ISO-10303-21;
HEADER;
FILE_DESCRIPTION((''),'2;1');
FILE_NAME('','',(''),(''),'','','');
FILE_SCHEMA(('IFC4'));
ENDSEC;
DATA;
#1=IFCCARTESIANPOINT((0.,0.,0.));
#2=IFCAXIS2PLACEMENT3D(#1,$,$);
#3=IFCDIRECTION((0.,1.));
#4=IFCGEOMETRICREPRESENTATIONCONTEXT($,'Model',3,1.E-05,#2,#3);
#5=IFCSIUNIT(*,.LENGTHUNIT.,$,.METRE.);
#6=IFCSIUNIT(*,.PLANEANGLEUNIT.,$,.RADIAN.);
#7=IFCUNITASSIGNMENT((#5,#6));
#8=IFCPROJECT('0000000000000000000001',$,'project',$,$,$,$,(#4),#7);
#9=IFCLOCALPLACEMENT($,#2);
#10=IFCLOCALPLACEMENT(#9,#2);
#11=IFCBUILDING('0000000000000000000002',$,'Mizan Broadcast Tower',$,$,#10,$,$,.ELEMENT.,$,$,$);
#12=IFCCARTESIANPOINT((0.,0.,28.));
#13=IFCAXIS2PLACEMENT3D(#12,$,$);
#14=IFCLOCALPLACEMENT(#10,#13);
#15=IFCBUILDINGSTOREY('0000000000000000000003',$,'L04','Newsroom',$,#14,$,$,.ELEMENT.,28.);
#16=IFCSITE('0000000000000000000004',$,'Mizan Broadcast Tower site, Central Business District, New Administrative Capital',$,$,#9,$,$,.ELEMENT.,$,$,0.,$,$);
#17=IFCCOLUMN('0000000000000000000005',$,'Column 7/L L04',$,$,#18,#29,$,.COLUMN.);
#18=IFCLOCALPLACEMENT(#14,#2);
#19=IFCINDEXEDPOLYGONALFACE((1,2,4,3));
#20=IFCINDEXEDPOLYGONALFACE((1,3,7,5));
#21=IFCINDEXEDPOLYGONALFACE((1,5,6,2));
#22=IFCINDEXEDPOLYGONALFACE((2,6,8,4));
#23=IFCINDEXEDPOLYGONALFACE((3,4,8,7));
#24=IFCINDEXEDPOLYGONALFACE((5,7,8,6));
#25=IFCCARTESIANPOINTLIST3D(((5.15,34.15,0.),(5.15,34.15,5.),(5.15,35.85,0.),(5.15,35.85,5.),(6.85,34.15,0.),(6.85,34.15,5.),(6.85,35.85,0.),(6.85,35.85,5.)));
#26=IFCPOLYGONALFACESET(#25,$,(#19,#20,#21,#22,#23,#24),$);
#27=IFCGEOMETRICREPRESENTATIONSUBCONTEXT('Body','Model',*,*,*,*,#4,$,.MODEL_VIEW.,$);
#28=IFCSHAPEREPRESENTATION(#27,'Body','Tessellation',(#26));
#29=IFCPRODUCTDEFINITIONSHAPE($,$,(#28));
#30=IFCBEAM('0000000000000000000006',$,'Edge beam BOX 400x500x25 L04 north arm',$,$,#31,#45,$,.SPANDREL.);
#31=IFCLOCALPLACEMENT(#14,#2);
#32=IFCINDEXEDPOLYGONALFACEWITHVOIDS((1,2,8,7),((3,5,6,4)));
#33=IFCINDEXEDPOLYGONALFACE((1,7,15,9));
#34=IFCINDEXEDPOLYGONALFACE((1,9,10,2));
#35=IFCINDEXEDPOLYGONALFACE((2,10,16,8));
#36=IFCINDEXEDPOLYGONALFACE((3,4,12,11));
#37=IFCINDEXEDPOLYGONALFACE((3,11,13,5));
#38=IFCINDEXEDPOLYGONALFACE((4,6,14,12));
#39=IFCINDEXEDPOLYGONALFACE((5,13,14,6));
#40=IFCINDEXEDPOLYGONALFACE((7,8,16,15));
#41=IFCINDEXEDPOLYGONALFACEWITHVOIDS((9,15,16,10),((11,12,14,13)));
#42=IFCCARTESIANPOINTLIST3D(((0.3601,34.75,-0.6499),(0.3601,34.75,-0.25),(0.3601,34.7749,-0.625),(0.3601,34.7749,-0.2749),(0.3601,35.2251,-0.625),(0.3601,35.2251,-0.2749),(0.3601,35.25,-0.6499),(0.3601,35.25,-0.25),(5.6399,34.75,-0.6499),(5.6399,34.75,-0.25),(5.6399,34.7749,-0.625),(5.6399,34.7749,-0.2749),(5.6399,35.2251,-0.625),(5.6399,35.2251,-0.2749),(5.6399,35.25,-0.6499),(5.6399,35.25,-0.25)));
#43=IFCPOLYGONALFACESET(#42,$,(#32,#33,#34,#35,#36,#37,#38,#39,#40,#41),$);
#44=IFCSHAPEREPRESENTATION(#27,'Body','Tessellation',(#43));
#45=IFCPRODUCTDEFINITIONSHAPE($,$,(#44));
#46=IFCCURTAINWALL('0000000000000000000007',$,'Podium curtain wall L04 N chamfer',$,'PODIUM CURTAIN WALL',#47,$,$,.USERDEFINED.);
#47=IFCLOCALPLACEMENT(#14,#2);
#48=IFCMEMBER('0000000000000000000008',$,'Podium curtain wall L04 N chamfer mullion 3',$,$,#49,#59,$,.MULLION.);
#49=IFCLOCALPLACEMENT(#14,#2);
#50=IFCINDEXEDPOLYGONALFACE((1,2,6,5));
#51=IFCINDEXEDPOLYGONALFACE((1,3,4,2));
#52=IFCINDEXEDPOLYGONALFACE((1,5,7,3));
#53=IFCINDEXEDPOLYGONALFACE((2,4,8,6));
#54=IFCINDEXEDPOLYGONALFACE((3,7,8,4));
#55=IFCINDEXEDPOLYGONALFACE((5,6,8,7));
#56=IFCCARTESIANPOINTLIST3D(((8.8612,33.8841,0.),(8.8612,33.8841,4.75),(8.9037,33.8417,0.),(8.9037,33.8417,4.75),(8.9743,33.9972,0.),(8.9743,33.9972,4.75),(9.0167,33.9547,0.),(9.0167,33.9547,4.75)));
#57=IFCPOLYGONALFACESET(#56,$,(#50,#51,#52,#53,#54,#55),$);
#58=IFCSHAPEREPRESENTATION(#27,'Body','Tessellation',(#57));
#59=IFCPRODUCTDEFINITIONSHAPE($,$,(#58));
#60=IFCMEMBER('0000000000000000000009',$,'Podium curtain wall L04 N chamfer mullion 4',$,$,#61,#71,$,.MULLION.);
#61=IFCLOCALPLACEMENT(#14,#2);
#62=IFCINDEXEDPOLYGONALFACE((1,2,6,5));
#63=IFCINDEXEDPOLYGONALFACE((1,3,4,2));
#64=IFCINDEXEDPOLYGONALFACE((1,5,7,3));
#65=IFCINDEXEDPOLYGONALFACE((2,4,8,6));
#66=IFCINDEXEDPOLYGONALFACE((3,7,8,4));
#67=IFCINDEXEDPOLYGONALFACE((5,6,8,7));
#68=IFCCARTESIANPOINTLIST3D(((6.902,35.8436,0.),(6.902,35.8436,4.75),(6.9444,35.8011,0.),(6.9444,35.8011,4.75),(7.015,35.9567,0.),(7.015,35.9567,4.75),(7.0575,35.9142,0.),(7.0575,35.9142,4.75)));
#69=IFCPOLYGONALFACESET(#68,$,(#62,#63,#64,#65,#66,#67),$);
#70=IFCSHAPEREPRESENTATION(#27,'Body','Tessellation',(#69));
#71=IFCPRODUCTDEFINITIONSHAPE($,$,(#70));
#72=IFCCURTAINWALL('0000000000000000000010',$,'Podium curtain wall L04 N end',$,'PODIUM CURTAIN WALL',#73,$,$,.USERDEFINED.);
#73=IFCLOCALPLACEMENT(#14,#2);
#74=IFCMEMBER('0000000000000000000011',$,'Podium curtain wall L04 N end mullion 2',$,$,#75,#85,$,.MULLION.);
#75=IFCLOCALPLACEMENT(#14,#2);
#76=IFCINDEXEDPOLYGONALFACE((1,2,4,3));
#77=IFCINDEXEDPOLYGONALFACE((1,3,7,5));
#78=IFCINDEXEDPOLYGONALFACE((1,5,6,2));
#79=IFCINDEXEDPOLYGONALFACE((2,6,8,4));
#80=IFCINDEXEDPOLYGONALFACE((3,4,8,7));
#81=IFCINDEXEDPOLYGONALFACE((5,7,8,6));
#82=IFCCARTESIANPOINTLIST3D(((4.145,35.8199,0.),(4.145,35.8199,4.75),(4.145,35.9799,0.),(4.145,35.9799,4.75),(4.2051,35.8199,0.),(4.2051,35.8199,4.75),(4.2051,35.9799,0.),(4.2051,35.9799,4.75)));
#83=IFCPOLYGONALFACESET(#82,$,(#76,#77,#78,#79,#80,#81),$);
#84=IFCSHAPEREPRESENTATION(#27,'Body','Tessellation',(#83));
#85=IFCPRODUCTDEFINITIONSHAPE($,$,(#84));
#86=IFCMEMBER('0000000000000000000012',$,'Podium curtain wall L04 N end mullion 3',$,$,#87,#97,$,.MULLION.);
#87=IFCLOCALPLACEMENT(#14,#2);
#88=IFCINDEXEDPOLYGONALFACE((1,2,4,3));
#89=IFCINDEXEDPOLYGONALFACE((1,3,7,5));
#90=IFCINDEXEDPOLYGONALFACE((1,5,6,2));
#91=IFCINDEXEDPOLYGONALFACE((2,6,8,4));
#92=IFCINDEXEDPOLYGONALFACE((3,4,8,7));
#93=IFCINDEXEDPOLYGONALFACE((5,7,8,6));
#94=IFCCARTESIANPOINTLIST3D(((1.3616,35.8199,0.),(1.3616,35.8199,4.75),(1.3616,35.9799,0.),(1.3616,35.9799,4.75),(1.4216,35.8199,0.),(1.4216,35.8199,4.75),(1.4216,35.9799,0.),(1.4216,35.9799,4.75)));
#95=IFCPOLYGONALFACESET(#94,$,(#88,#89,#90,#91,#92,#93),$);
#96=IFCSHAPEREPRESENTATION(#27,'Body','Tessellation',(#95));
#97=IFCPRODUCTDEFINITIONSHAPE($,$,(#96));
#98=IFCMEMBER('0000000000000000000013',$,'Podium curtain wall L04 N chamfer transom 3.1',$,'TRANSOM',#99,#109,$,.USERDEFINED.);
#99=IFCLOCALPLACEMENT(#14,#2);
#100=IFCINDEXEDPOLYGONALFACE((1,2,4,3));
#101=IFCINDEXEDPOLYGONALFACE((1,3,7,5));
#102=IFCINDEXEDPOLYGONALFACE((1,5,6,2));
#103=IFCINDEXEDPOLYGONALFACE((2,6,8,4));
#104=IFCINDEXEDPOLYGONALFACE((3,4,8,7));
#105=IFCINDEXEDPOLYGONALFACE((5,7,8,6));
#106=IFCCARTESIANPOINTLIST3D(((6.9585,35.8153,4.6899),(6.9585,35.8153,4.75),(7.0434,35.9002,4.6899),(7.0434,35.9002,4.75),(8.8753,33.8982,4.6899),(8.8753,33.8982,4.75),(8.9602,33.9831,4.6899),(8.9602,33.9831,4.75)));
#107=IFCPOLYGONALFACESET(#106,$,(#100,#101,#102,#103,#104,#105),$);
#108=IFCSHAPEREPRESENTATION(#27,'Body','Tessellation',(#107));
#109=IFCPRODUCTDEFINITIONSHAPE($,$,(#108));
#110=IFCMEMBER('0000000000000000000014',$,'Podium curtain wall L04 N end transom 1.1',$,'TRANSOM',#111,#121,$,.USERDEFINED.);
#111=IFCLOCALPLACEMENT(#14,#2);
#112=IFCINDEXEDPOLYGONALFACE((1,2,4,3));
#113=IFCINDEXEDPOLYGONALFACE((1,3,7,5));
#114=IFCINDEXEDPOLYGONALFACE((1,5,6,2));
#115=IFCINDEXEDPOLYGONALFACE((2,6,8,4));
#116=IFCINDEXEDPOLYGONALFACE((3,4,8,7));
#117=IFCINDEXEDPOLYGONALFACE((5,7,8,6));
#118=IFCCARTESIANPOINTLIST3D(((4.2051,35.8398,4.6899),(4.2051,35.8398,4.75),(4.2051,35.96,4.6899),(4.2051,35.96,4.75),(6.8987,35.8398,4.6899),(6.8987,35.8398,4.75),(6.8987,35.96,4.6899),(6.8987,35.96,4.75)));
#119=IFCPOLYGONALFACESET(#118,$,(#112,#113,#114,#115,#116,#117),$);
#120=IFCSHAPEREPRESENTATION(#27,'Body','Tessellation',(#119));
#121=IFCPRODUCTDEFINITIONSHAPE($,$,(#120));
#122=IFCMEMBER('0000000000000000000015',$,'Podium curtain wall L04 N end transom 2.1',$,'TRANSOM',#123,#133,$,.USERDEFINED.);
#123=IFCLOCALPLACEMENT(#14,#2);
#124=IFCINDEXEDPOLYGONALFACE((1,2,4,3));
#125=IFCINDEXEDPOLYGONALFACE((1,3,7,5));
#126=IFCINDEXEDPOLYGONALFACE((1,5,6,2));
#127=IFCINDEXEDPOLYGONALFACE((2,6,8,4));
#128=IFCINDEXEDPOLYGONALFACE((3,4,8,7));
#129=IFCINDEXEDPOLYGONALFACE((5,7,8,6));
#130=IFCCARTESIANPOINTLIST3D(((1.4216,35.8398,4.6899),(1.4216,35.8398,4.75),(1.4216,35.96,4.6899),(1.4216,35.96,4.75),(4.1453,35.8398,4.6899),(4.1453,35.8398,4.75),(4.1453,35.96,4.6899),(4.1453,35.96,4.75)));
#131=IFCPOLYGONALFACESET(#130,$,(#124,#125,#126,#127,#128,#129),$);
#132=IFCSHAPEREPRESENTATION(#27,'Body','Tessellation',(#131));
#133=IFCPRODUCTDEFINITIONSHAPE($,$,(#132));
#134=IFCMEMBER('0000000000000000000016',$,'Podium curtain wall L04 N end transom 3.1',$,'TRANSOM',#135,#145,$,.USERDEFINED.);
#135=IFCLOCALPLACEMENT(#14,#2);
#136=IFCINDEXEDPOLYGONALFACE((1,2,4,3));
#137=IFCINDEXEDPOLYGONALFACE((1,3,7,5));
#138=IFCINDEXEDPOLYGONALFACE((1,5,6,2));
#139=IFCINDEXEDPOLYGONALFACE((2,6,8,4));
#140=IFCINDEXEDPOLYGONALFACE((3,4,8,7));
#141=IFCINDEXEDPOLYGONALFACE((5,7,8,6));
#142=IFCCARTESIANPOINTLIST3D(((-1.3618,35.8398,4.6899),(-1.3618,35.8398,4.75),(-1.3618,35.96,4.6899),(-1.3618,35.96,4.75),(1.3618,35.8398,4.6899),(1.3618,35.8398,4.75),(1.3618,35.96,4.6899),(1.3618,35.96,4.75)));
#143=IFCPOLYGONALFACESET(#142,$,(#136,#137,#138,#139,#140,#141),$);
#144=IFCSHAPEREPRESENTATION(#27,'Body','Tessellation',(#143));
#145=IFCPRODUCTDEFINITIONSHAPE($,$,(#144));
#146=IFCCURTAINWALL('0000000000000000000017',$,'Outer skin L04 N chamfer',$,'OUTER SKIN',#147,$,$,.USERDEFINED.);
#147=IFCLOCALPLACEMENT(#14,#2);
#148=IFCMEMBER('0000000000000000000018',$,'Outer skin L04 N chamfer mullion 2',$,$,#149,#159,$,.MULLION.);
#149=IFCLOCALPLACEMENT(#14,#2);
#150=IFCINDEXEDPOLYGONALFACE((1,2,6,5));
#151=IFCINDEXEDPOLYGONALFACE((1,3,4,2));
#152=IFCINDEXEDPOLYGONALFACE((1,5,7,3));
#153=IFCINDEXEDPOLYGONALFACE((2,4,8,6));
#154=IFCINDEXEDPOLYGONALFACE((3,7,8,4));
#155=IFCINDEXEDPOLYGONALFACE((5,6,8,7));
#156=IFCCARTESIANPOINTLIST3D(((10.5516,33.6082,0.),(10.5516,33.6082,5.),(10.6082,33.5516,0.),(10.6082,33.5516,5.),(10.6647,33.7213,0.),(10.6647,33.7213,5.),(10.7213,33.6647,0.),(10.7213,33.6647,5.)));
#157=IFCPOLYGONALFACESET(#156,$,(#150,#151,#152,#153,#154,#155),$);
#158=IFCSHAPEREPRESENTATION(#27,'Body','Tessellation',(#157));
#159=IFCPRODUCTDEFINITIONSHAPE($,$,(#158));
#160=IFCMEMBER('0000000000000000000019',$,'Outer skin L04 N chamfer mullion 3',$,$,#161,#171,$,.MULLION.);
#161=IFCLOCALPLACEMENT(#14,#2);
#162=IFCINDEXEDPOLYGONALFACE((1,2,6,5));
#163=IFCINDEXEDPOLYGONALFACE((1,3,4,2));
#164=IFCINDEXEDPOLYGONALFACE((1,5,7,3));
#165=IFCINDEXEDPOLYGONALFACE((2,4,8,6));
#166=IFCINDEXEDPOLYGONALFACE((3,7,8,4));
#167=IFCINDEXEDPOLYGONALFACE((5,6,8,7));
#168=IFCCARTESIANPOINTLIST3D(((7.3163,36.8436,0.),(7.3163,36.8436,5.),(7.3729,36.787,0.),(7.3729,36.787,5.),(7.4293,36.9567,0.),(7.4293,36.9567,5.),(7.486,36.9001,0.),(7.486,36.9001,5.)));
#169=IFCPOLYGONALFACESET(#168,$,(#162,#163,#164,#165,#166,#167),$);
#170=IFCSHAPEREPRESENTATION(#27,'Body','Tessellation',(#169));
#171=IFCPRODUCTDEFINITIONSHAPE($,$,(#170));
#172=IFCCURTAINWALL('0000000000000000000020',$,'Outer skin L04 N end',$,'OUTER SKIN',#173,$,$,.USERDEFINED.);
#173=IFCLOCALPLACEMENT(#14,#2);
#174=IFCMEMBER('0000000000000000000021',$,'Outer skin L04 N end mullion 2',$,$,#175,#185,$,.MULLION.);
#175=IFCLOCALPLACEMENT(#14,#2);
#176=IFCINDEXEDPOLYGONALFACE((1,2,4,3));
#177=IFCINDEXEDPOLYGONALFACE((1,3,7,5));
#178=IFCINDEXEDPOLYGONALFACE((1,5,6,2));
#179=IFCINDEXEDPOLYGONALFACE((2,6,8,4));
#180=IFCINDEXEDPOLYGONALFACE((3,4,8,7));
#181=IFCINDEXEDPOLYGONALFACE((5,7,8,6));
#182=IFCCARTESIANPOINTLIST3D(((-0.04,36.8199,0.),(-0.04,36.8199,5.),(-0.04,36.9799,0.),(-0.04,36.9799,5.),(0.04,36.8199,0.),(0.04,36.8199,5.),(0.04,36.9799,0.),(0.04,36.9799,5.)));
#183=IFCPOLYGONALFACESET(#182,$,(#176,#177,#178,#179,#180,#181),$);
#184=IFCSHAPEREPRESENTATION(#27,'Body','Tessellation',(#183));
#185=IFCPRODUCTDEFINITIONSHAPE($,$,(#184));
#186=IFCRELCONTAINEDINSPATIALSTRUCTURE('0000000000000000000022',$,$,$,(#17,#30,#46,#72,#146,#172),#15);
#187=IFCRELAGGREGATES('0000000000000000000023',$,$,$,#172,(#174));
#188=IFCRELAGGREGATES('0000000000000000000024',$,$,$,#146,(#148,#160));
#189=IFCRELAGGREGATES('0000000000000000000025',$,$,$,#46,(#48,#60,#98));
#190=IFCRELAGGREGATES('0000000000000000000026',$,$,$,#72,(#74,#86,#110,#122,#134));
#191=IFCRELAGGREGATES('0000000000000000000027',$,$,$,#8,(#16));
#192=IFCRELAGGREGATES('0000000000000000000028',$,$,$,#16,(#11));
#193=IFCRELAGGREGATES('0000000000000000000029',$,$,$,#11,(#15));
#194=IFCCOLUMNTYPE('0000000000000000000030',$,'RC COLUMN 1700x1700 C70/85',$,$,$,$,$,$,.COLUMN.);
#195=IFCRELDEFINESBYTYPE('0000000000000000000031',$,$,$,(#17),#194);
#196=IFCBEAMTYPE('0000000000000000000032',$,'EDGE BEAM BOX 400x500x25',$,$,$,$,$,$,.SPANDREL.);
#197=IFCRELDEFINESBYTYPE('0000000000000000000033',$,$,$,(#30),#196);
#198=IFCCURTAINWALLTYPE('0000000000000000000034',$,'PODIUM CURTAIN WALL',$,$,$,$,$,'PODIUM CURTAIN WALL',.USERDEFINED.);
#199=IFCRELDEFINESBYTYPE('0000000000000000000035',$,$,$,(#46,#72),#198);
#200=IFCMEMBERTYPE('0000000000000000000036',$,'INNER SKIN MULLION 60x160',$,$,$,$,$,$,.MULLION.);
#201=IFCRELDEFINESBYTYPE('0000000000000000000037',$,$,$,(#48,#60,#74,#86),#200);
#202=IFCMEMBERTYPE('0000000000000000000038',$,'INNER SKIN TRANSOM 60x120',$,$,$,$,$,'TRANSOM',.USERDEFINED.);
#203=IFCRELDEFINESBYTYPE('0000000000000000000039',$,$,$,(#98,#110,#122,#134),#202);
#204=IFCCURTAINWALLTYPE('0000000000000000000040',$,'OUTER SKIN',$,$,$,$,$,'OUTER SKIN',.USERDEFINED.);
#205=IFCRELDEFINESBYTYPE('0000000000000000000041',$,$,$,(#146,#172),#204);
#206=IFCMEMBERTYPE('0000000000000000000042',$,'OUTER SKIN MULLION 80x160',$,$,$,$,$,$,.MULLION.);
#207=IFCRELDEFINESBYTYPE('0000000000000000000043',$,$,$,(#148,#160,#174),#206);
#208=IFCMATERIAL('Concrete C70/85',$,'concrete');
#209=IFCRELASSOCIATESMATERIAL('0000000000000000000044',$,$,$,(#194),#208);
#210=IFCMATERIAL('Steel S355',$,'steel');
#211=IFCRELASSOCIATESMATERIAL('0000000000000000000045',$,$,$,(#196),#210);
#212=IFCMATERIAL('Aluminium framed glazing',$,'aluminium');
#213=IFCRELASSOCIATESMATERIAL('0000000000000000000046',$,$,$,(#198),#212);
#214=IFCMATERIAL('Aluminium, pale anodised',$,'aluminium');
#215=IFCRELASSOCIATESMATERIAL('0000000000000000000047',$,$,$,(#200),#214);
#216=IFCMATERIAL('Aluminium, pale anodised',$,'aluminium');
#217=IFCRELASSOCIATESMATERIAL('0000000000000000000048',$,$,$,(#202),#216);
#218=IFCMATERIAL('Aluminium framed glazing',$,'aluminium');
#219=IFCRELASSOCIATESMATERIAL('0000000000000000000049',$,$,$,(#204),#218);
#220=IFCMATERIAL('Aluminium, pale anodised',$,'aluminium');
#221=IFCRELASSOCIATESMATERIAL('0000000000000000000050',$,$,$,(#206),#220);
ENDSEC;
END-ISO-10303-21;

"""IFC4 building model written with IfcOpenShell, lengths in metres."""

from ifc_helpers import new_model, si_unit, direction, frame, origin, origin_2d, place, context, subcontext, project, spatial, rectangle, hollow_rectangle, extrude, material, material_profile, profile_set, type_object, element, aggregate, save


model = new_model("IFC4")

# Units and contexts
model_context = context("Model", 3, precision=1e-05, world=origin(), true_north=direction((0.0, 1.0)))
body_context = subcontext(model_context, "Body", "Model", "MODEL_VIEW")
ifc_project = project(units=[si_unit("LENGTHUNIT", "METRE"), si_unit("PLANEANGLEUNIT", "RADIAN")], contexts=[model_context])

# Site, building, storey
site_placement = place(None, origin())
site = spatial("IfcSite", under=ifc_project, at=site_placement, Name="Mizan Broadcast Tower site, Central Business District, New Administrative Capital", CompositionType="ELEMENT", RefElevation=0.0)
building_placement = place(site_placement, origin())
building = spatial("IfcBuilding", under=site, at=building_placement, Name="Mizan Broadcast Tower", CompositionType="ELEMENT")
storey_placement = place(building_placement, frame((0.0, 0.0, 28.0)))
storey = spatial("IfcBuildingStorey", under=building, at=storey_placement, Name="L04", Description="Newsroom", CompositionType="ELEMENT", Elevation=28.0)

# Column
ifc_material_1 = material(Name="Concrete C70/85", Category="concrete")
ifc_material_profile_1 = material_profile(ifc_material_1, rectangle(XDim=1.7, YDim=1.7, at=origin_2d()), Name="RC 1700x1700")
ifc_profile_set_1 = profile_set([ifc_material_profile_1], Name="Concrete C70/85")
column_type = type_object("IfcColumnType", Name="RC COLUMN 1700x1700 C70/85", PredefinedType="COLUMN", material=ifc_profile_set_1)
column_placement = place(storey_placement, frame((6.0, 35.0, 0.0), z_axis=(0.0, 0.0, 1.0), x_axis=(1.0, 0.0, 0.0)))
element("IfcColumn", 1, at=column_placement, inside=storey, type_object=column_type, Name="Column 7/L L04", PredefinedType="COLUMN", context=body_context, shape_type="SweptSolid", body=[
    extrude(rectangle(XDim=1.7, YDim=1.7, at=origin_2d()), origin(), (0.0, 0.0, 1.0), 5.0),
])

# Beam
ifc_material_2 = material(Name="Steel S355", Category="steel")
ifc_material_profile_2 = material_profile(ifc_material_2, hollow_rectangle(XDim=0.5, YDim=0.3999, WallThickness=0.0249, at=origin_2d()), Name="BOX 400x500x25")
ifc_profile_set_2 = profile_set([ifc_material_profile_2], Name="Steel S355")
beam_type = type_object("IfcBeamType", Name="EDGE BEAM BOX 400x500x25", PredefinedType="SPANDREL", material=ifc_profile_set_2)
beam_placement = place(storey_placement, frame((5.6399, 35.0, -0.45), z_axis=(-1.0, 0.0, 0.0), x_axis=(0.0, -1.0, 0.0)))
element("IfcBeam", 2, at=beam_placement, inside=storey, type_object=beam_type, Name="Edge beam BOX 400x500x25 L04 north arm", PredefinedType="SPANDREL", context=body_context, shape_type="SweptSolid", body=[
    extrude(hollow_rectangle(XDim=0.5, YDim=0.3999, WallThickness=0.0249, at=origin_2d()), origin(), (0.0, 0.0, 1.0), 5.2798),
])

# Curtain walls, members
ifc_material_3 = material(Name="Aluminium framed glazing", Category="aluminium")
curtain_wall_type_1 = type_object("IfcCurtainWallType", Name="PODIUM CURTAIN WALL", ElementType="PODIUM CURTAIN WALL", PredefinedType="USERDEFINED", material=ifc_material_3)
curtain_wall_1_placement = place(storey_placement, origin())
curtain_wall_1 = element("IfcCurtainWall", 3, at=curtain_wall_1_placement, inside=storey, type_object=curtain_wall_type_1, Name="Podium curtain wall L04 N chamfer", ObjectType="PODIUM CURTAIN WALL", PredefinedType="USERDEFINED")
ifc_material_4 = material(Name="Aluminium, pale anodised", Category="aluminium")
ifc_material_profile_3 = material_profile(ifc_material_4, rectangle(XDim=0.1599, YDim=0.0601, at=origin_2d()), Name="MULLION 160x60")
ifc_profile_set_3 = profile_set([ifc_material_profile_3], Name="Aluminium, pale anodised")
member_type_1 = type_object("IfcMemberType", Name="INNER SKIN MULLION 60x160", PredefinedType="MULLION", material=ifc_profile_set_3)
member_1_placement = place(storey_placement, frame((8.939, 33.9194, 0.0), z_axis=(0.0, 0.0, 1.0), x_axis=(-0.707107, -0.707107, 0.0)))
member_1 = element("IfcMember", 4, at=member_1_placement, type_object=member_type_1, Name="Podium curtain wall L04 N chamfer mullion 3", PredefinedType="MULLION", context=body_context, shape_type="SweptSolid", body=[
    extrude(rectangle(XDim=0.1599, YDim=0.0601, at=origin_2d()), origin(), (0.0, 0.0, 1.0), 4.75),
])
member_2_placement = place(storey_placement, frame((6.9797, 35.8789, 0.0), z_axis=(0.0, 0.0, 1.0), x_axis=(-0.707107, -0.707107, 0.0)))
member_2 = element("IfcMember", 5, at=member_2_placement, type_object=member_type_1, Name="Podium curtain wall L04 N chamfer mullion 4", PredefinedType="MULLION", context=body_context, shape_type="SweptSolid", body=[
    extrude(rectangle(XDim=0.1599, YDim=0.0601, at=origin_2d()), origin(), (0.0, 0.0, 1.0), 4.75),
])
curtain_wall_2_placement = place(storey_placement, origin())
curtain_wall_2 = element("IfcCurtainWall", 6, at=curtain_wall_2_placement, inside=storey, type_object=curtain_wall_type_1, Name="Podium curtain wall L04 N end", ObjectType="PODIUM CURTAIN WALL", PredefinedType="USERDEFINED")
member_3_placement = place(storey_placement, frame((4.175, 35.8999, 0.0), z_axis=(0.0, 0.0, 1.0), x_axis=(0.0, -1.0, 0.0)))
member_3 = element("IfcMember", 7, at=member_3_placement, type_object=member_type_1, Name="Podium curtain wall L04 N end mullion 2", PredefinedType="MULLION", context=body_context, shape_type="SweptSolid", body=[
    extrude(rectangle(XDim=0.1599, YDim=0.0601, at=origin_2d()), origin(), (0.0, 0.0, 1.0), 4.75),
])
member_4_placement = place(storey_placement, frame((1.3916, 35.8999, 0.0), z_axis=(0.0, 0.0, 1.0), x_axis=(0.0, -1.0, 0.0)))
member_4 = element("IfcMember", 8, at=member_4_placement, type_object=member_type_1, Name="Podium curtain wall L04 N end mullion 3", PredefinedType="MULLION", context=body_context, shape_type="SweptSolid", body=[
    extrude(rectangle(XDim=0.1599, YDim=0.0601, at=origin_2d()), origin(), (0.0, 0.0, 1.0), 4.75),
])

# Members
ifc_material_5 = material(Name="Aluminium, pale anodised", Category="aluminium")
ifc_material_profile_4 = material_profile(ifc_material_5, rectangle(XDim=0.1201, YDim=0.0601, at=origin_2d()), Name="TRANSOM 120x60")
ifc_profile_set_4 = profile_set([ifc_material_profile_4], Name="Aluminium, pale anodised")
member_type_2 = type_object("IfcMemberType", Name="INNER SKIN TRANSOM 60x120", ElementType="TRANSOM", PredefinedType="USERDEFINED", material=ifc_profile_set_4)
member_5_placement = place(storey_placement, frame((8.9177, 33.9407, 4.72), z_axis=(-0.707062, 0.707152, 0.0), x_axis=(-0.707152, -0.707062, 0.0)))
member_5 = element("IfcMember", 9, at=member_5_placement, type_object=member_type_2, Name="Podium curtain wall L04 N chamfer transom 3.1", ObjectType="TRANSOM", PredefinedType="USERDEFINED", context=body_context, shape_type="SweptSolid", body=[
    extrude(rectangle(XDim=0.1201, YDim=0.0601, at=origin_2d()), origin(), (0.0, 0.0, 1.0), 2.7109),
])
member_6_placement = place(storey_placement, frame((6.8987, 35.8999, 4.72), z_axis=(-1.0, 0.0, 0.0), x_axis=(0.0, -1.0, 0.0)))
member_6 = element("IfcMember", 10, at=member_6_placement, type_object=member_type_2, Name="Podium curtain wall L04 N end transom 1.1", ObjectType="TRANSOM", PredefinedType="USERDEFINED", context=body_context, shape_type="SweptSolid", body=[
    extrude(rectangle(XDim=0.1201, YDim=0.0601, at=origin_2d()), origin(), (0.0, 0.0, 1.0), 2.6936),
])
member_7_placement = place(storey_placement, frame((4.1453, 35.8999, 4.72), z_axis=(-1.0, 0.0, 0.0), x_axis=(0.0, -1.0, 0.0)))
member_7 = element("IfcMember", 11, at=member_7_placement, type_object=member_type_2, Name="Podium curtain wall L04 N end transom 2.1", ObjectType="TRANSOM", PredefinedType="USERDEFINED", context=body_context, shape_type="SweptSolid", body=[
    extrude(rectangle(XDim=0.1201, YDim=0.0601, at=origin_2d()), origin(), (0.0, 0.0, 1.0), 2.7236),
])
member_8_placement = place(storey_placement, frame((1.3618, 35.8999, 4.72), z_axis=(-1.0, 0.0, 0.0), x_axis=(0.0, -1.0, 0.0)))
member_8 = element("IfcMember", 12, at=member_8_placement, type_object=member_type_2, Name="Podium curtain wall L04 N end transom 3.1", ObjectType="TRANSOM", PredefinedType="USERDEFINED", context=body_context, shape_type="SweptSolid", body=[
    extrude(rectangle(XDim=0.1201, YDim=0.0601, at=origin_2d()), origin(), (0.0, 0.0, 1.0), 2.7236),
])

# Curtain wall, members
ifc_material_6 = material(Name="Aluminium framed glazing", Category="aluminium")
curtain_wall_type_2 = type_object("IfcCurtainWallType", Name="OUTER SKIN", ElementType="OUTER SKIN", PredefinedType="USERDEFINED", material=ifc_material_6)
curtain_wall_3_placement = place(storey_placement, origin())
curtain_wall_3 = element("IfcCurtainWall", 13, at=curtain_wall_3_placement, inside=storey, type_object=curtain_wall_type_2, Name="Outer skin L04 N chamfer", ObjectType="OUTER SKIN", PredefinedType="USERDEFINED")
ifc_material_7 = material(Name="Aluminium, pale anodised", Category="aluminium")
ifc_material_profile_5 = material_profile(ifc_material_7, rectangle(XDim=0.1599, YDim=0.0801, at=origin_2d()), Name="MULLION 160x80")
ifc_profile_set_5 = profile_set([ifc_material_profile_5], Name="Aluminium, pale anodised")
member_type_3 = type_object("IfcMemberType", Name="OUTER SKIN MULLION 80x160", PredefinedType="MULLION", material=ifc_profile_set_5)
member_9_placement = place(storey_placement, frame((10.6365, 33.6365, 0.0), z_axis=(0.0, 0.0, 1.0), x_axis=(-0.707107, -0.707107, 0.0)))
member_9 = element("IfcMember", 14, at=member_9_placement, type_object=member_type_3, Name="Outer skin L04 N chamfer mullion 2", PredefinedType="MULLION", context=body_context, shape_type="SweptSolid", body=[
    extrude(rectangle(XDim=0.1599, YDim=0.0801, at=origin_2d()), origin(), (0.0, 0.0, 1.0), 5.0),
])
member_10_placement = place(storey_placement, frame((7.4011, 36.8718, 0.0), z_axis=(0.0, 0.0, 1.0), x_axis=(-0.707107, -0.707107, 0.0)))
member_10 = element("IfcMember", 15, at=member_10_placement, type_object=member_type_3, Name="Outer skin L04 N chamfer mullion 3", PredefinedType="MULLION", context=body_context, shape_type="SweptSolid", body=[
    extrude(rectangle(XDim=0.1599, YDim=0.0801, at=origin_2d()), origin(), (0.0, 0.0, 1.0), 5.0),
])

# Curtain wall, member
curtain_wall_4_placement = place(storey_placement, origin())
curtain_wall_4 = element("IfcCurtainWall", 16, at=curtain_wall_4_placement, inside=storey, type_object=curtain_wall_type_2, Name="Outer skin L04 N end", ObjectType="OUTER SKIN", PredefinedType="USERDEFINED")
member_11_placement = place(storey_placement, frame((0.0, 36.8999, 0.0), z_axis=(0.0, 0.0, 1.0), x_axis=(0.0, -1.0, 0.0)))
member_11 = element("IfcMember", 17, at=member_11_placement, type_object=member_type_3, Name="Outer skin L04 N end mullion 2", PredefinedType="MULLION", context=body_context, shape_type="SweptSolid", body=[
    extrude(rectangle(XDim=0.1599, YDim=0.0801, at=origin_2d()), origin(), (0.0, 0.0, 1.0), 5.0),
])

aggregate(curtain_wall_4, [member_11])
aggregate(curtain_wall_3, [member_9, member_10])
aggregate(curtain_wall_1, [member_1, member_2, member_5])
aggregate(curtain_wall_2, [member_3, member_4, member_6, member_7, member_8])

save(model, "model.ifc")
